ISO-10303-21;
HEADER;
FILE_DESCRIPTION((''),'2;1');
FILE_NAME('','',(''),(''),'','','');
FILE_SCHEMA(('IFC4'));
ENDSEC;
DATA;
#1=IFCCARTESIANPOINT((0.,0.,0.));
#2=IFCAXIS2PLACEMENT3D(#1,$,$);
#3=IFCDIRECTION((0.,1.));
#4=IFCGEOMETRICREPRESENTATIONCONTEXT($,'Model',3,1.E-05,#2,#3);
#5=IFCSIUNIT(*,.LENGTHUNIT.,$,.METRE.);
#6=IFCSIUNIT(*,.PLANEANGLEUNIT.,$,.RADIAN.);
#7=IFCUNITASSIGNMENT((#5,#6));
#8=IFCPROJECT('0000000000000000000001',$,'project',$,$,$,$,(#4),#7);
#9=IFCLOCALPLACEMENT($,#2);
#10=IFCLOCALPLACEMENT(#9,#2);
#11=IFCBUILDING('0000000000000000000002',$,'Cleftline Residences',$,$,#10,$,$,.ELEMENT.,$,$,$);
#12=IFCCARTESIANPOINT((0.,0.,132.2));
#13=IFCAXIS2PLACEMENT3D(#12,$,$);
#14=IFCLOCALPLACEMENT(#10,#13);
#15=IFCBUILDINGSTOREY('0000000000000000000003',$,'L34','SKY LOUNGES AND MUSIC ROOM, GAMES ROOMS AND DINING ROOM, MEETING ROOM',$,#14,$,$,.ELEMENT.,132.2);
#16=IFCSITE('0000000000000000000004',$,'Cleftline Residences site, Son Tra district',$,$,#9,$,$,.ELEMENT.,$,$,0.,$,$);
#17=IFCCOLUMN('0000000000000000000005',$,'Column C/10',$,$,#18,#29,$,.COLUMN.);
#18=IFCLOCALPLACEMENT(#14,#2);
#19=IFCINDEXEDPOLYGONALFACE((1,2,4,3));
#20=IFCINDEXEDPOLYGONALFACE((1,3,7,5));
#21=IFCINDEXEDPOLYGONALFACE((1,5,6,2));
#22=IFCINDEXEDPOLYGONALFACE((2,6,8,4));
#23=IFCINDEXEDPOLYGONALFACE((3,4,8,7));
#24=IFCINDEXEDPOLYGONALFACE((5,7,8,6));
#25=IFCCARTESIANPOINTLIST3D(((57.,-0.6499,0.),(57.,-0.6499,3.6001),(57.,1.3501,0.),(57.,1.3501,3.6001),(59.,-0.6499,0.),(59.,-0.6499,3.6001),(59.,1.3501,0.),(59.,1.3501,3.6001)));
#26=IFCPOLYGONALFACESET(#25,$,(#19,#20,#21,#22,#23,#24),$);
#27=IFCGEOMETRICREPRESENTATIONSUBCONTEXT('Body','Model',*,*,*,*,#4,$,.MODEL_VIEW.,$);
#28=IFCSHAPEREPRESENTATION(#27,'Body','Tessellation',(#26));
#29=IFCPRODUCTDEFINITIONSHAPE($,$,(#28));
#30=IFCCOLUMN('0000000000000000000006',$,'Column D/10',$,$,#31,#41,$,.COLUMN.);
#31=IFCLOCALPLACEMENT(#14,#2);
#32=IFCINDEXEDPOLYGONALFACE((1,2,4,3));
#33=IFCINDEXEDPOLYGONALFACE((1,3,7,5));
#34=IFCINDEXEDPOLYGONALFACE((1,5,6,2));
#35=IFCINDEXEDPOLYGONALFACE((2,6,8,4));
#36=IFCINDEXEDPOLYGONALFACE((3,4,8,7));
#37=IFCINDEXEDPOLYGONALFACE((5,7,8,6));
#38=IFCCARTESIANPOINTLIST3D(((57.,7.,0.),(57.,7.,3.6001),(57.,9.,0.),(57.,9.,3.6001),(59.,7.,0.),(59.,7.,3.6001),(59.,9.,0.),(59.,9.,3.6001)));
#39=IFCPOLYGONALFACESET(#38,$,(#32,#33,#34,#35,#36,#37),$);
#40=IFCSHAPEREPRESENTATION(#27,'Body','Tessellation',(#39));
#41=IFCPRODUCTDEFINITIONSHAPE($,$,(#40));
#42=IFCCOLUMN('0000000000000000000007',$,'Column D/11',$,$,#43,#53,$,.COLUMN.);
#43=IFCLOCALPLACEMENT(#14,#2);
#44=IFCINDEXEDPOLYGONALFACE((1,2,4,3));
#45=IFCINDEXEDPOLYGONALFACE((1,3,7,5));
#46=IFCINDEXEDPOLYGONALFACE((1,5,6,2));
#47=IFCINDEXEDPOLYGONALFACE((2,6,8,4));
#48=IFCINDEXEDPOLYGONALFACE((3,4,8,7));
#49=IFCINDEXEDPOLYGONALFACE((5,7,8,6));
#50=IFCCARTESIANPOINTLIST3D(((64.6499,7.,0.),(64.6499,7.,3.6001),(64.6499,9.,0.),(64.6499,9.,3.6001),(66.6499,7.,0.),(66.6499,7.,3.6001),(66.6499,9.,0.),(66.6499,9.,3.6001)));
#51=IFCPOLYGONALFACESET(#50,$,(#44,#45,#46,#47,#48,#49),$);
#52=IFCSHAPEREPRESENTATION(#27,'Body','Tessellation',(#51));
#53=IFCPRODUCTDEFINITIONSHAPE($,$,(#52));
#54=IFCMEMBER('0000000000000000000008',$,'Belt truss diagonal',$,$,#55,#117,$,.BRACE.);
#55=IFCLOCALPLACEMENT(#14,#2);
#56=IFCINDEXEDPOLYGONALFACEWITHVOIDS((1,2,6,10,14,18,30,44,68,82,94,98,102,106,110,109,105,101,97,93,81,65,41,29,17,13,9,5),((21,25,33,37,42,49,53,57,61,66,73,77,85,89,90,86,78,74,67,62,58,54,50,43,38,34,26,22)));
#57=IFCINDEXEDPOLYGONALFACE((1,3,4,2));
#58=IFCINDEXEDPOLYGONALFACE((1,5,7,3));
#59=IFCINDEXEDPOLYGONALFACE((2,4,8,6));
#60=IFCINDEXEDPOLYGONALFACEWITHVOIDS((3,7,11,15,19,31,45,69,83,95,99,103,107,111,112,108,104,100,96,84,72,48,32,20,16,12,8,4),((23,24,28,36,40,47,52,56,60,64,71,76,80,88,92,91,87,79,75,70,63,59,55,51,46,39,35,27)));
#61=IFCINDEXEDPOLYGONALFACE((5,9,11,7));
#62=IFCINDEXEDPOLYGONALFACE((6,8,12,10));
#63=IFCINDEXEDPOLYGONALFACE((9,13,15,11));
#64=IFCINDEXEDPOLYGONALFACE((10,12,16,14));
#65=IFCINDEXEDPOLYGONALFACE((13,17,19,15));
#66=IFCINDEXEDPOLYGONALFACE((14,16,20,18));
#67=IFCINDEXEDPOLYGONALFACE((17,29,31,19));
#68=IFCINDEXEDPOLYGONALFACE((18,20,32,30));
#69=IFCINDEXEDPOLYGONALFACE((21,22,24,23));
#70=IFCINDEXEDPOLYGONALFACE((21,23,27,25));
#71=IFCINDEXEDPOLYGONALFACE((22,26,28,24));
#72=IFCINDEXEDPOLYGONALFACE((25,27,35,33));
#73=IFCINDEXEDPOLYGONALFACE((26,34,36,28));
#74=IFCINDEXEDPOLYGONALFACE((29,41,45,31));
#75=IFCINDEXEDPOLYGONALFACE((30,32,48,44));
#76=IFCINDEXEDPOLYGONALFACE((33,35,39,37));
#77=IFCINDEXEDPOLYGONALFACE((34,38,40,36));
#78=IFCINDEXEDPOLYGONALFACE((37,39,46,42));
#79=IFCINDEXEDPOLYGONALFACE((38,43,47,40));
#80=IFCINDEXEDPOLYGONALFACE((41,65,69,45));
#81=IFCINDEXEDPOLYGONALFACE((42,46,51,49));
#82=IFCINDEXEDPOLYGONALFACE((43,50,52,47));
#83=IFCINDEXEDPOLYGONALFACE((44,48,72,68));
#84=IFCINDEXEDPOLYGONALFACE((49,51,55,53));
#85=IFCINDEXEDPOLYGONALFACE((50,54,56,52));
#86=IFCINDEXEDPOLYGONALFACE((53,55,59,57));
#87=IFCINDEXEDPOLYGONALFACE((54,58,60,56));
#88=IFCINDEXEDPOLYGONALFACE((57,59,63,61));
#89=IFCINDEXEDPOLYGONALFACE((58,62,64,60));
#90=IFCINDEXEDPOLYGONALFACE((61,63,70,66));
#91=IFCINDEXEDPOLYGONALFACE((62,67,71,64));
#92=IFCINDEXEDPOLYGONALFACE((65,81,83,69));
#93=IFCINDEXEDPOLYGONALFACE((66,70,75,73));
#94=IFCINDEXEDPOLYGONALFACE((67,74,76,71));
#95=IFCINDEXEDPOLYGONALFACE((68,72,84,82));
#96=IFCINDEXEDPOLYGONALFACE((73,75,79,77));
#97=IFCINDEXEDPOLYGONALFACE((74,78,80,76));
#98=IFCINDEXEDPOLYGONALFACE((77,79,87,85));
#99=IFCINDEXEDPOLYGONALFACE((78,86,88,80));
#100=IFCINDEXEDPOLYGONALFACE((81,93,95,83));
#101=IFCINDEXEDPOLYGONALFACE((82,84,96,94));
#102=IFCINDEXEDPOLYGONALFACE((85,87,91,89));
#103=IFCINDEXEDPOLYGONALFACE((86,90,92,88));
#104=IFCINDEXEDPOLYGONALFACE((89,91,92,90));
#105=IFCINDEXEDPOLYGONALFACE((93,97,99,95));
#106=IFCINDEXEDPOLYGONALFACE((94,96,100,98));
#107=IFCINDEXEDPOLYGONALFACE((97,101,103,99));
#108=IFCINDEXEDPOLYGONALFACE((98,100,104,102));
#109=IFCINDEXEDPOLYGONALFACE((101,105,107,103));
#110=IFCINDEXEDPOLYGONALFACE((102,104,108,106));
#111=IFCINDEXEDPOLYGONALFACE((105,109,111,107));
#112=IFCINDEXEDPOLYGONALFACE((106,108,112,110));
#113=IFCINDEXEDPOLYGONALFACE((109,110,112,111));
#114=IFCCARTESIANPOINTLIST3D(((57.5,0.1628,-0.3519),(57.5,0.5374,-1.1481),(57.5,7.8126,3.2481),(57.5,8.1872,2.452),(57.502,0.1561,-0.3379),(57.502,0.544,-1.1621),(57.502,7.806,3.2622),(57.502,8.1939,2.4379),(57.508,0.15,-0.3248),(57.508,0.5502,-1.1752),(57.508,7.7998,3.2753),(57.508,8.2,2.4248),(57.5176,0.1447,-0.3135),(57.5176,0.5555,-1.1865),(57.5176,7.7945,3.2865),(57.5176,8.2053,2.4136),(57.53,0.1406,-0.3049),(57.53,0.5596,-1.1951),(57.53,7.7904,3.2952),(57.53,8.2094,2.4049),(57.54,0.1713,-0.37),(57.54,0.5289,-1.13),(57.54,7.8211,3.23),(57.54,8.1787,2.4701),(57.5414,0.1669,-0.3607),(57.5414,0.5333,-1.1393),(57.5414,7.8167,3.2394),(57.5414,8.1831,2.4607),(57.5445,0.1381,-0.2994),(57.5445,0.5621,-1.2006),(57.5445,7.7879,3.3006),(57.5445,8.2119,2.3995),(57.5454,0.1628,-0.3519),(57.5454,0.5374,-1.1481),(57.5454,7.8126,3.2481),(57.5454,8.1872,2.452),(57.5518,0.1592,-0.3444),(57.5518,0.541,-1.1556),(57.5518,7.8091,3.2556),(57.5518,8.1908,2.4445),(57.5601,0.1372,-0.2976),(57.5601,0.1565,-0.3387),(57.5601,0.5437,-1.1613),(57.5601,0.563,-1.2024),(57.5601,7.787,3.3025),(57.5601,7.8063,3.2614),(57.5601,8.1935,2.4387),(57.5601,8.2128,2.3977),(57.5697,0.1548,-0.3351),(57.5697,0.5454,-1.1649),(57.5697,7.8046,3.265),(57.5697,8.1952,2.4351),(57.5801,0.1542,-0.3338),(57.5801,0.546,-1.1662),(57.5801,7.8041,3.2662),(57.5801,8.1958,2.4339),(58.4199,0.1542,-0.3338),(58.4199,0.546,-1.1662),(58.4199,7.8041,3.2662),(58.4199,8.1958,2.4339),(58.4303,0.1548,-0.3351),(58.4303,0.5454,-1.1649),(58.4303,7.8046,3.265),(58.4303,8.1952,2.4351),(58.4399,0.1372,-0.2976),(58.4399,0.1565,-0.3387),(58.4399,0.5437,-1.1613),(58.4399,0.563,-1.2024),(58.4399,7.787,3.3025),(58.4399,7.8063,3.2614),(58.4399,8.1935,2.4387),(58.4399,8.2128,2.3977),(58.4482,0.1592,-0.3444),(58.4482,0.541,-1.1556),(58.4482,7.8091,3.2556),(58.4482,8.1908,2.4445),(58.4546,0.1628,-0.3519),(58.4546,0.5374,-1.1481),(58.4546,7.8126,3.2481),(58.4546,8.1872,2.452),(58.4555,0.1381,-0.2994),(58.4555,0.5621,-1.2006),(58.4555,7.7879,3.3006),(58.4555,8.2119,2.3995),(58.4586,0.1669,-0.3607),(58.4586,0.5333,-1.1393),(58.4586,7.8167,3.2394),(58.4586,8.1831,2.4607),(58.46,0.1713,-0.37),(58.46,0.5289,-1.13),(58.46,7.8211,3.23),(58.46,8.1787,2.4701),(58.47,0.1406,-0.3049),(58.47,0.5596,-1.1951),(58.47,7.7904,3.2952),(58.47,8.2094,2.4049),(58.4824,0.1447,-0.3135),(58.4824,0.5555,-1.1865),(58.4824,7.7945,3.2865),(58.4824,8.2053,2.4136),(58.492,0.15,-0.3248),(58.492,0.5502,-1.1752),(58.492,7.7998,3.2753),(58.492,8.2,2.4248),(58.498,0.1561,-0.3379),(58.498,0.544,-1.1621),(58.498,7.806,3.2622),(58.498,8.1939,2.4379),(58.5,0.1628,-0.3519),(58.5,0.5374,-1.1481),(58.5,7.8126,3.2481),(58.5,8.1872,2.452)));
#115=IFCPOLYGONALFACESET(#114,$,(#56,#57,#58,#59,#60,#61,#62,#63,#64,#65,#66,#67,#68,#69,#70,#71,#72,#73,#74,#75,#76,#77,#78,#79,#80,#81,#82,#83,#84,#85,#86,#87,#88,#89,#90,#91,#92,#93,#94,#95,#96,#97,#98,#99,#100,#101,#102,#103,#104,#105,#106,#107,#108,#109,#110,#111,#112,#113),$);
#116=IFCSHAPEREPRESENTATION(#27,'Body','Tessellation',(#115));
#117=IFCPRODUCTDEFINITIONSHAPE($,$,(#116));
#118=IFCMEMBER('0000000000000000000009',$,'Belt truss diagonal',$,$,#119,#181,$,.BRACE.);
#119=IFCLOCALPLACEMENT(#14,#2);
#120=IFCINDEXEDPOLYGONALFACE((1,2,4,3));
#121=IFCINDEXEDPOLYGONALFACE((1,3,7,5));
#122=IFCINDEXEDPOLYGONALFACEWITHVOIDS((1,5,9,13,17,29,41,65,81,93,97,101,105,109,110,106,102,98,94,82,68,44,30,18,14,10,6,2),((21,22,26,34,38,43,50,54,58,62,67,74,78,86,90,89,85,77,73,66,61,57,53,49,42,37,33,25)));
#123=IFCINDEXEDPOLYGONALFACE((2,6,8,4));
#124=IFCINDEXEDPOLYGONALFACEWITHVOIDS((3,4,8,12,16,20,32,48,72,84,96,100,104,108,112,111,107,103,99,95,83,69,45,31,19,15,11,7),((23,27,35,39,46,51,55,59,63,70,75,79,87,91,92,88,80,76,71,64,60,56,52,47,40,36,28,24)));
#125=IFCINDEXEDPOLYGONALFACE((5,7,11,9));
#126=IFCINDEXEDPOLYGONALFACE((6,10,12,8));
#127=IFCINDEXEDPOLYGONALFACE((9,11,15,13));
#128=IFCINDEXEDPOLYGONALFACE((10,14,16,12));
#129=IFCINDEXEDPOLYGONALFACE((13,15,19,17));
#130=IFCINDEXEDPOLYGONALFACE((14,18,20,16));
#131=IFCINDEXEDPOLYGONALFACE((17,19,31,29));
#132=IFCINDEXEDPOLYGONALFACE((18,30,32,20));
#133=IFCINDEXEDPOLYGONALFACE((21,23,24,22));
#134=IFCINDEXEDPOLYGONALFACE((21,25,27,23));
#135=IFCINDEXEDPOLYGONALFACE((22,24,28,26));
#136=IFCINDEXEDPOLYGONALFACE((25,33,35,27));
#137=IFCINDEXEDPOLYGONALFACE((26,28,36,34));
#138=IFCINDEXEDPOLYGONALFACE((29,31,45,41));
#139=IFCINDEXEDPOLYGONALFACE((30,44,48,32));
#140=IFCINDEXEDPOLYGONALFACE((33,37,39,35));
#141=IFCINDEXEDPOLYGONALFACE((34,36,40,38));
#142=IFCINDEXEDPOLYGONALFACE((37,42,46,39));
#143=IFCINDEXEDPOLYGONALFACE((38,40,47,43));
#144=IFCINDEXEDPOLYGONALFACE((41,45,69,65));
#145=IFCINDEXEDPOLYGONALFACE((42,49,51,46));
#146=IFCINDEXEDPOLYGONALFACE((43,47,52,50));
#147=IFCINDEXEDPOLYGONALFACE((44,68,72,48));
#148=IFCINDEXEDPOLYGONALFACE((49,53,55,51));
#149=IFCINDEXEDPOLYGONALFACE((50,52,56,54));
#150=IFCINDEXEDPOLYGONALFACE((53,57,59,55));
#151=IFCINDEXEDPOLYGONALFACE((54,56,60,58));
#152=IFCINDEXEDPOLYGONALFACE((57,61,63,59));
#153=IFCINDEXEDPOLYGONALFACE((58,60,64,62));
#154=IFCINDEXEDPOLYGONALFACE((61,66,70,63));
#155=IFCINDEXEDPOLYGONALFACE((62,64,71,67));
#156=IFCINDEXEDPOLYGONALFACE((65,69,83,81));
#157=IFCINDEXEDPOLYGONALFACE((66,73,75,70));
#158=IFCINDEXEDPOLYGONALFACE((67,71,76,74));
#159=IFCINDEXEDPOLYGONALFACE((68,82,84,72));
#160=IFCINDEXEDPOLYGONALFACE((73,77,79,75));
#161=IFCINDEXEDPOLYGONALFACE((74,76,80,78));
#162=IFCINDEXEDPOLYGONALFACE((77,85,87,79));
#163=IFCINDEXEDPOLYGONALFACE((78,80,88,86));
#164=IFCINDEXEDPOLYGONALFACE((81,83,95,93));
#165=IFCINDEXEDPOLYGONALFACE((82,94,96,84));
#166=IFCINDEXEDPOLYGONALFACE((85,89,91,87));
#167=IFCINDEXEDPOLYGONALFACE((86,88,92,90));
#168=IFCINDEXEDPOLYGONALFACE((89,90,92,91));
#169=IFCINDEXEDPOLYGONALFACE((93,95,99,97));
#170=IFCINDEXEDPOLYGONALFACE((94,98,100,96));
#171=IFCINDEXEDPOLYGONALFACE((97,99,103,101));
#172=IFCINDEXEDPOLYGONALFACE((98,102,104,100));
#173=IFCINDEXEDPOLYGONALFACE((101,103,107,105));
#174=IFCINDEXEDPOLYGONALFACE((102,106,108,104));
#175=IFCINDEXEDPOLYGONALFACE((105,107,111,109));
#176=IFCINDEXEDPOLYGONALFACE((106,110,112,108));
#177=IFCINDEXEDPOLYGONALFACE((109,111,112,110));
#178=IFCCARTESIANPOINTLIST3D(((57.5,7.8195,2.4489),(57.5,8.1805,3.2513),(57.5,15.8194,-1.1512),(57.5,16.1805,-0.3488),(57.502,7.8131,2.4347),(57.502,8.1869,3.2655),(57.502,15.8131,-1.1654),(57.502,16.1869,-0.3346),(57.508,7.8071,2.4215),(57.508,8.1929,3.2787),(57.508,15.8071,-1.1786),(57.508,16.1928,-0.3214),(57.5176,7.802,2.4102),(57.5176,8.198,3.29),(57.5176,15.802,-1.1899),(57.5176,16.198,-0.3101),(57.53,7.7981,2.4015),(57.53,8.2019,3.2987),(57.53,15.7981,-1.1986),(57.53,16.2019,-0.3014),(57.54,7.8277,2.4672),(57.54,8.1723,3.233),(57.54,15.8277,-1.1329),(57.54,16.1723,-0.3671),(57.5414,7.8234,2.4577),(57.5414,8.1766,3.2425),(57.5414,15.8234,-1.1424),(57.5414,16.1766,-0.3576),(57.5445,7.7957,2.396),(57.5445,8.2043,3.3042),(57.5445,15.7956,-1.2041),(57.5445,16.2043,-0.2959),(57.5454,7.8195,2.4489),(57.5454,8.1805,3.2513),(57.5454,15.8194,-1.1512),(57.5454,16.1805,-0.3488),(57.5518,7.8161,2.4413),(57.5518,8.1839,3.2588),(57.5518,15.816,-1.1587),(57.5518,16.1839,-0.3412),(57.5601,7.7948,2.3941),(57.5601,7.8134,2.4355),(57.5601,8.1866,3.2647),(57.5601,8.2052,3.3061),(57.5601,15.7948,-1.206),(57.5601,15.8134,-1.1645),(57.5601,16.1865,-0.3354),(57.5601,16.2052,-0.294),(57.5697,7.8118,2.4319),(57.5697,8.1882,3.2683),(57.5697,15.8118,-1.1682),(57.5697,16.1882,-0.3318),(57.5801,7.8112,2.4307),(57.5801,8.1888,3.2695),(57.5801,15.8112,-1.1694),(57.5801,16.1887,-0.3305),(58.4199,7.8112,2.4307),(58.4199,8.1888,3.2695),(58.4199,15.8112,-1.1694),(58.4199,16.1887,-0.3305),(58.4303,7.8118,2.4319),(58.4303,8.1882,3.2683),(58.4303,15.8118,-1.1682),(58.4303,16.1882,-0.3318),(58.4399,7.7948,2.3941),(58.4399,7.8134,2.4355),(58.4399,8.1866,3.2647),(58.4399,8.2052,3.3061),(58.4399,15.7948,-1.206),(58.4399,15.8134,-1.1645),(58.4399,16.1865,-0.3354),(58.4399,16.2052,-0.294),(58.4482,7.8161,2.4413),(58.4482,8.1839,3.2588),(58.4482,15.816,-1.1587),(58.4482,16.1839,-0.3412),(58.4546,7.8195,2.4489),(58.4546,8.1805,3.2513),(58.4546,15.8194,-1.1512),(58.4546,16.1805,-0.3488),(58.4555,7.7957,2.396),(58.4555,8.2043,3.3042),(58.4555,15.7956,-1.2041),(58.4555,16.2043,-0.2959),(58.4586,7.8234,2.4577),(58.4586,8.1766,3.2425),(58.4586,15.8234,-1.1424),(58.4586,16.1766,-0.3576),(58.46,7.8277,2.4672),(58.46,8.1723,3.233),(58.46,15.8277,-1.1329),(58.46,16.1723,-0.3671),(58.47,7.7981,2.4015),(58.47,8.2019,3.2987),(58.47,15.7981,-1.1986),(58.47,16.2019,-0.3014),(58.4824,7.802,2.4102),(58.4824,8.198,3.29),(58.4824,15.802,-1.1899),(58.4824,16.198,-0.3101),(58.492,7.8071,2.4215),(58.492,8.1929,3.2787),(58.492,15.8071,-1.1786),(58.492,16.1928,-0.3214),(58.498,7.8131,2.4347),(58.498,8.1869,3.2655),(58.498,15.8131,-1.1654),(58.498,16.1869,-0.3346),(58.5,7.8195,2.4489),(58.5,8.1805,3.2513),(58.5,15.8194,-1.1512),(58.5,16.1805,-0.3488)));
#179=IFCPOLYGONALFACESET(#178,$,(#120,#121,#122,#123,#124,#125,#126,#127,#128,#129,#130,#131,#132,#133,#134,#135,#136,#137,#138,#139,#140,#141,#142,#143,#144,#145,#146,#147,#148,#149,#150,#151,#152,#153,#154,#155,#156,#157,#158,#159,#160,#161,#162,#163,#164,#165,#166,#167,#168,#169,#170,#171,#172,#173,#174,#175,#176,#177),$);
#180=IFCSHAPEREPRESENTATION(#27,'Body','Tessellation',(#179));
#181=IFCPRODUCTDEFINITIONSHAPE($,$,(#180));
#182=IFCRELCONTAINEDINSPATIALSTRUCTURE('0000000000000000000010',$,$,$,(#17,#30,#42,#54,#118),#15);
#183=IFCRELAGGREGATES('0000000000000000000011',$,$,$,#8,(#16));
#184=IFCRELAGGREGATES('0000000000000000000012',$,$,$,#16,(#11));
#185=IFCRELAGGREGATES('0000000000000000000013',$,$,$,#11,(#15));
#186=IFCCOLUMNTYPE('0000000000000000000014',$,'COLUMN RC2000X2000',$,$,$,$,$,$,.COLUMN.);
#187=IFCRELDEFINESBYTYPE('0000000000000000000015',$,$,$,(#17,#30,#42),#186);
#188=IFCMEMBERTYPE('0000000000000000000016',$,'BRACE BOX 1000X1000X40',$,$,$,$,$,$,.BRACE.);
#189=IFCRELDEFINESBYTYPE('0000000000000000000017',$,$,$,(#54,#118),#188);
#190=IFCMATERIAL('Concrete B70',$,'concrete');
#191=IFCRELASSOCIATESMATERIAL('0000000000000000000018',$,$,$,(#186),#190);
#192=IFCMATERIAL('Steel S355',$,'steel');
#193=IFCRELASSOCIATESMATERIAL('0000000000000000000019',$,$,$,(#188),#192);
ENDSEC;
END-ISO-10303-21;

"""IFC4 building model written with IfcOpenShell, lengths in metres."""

from ifc_helpers import new_model, si_unit, direction, frame, origin, origin_2d, place, context, subcontext, project, spatial, rectangle, hollow_rectangle, extrude, material, material_profile, profile_set, type_object, element, save


model = new_model("IFC4")

# Units and contexts
model_context = context("Model", 3, precision=1e-05, world=origin(), true_north=direction((0.0, 1.0)))
body_context = subcontext(model_context, "Body", "Model", "MODEL_VIEW")
ifc_project = project(units=[si_unit("LENGTHUNIT", "METRE"), si_unit("PLANEANGLEUNIT", "RADIAN")], contexts=[model_context])

# Site, building, storey
site_placement = place(None, origin())
site = spatial("IfcSite", under=ifc_project, at=site_placement, Name="Cleftline Residences site, Son Tra district", CompositionType="ELEMENT", RefElevation=0.0)
building_placement = place(site_placement, origin())
building = spatial("IfcBuilding", under=site, at=building_placement, Name="Cleftline Residences", CompositionType="ELEMENT")
storey_placement = place(building_placement, frame((0.0, 0.0, 132.2)))
storey = spatial("IfcBuildingStorey", under=building, at=storey_placement, Name="L34", Description="SKY LOUNGES AND MUSIC ROOM, GAMES ROOMS AND DINING ROOM, MEETING ROOM", CompositionType="ELEMENT", Elevation=132.2)

# Columns
ifc_material_1 = material(Name="Concrete B70", Category="concrete")
ifc_material_profile_1 = material_profile(ifc_material_1, rectangle(XDim=2.0, YDim=2.0, at=origin_2d()))
ifc_profile_set_1 = profile_set([ifc_material_profile_1], Name="Concrete B70")
column_type = type_object("IfcColumnType", Name="COLUMN RC2000X2000", PredefinedType="COLUMN", material=ifc_profile_set_1)
for number, where, z_axis, x_axis, name in (
    (1, (58.0, 0.3501, 0.0), (0.0, 0.0, 1.0), (1.0, 0.0, 0.0), "Column C/10"),
    (2, (58.0, 8.0, 0.0), (0.0, 0.0, 1.0), (1.0, 0.0, 0.0), "Column D/10"),
    (3, (65.6499, 8.0, 0.0), (0.0, 0.0, 1.0), (1.0, 0.0, 0.0), "Column D/11"),
):
    element("IfcColumn", number, at=place(storey_placement, frame(where, z_axis=z_axis, x_axis=x_axis)), inside=storey, type_object=column_type, Name=name, PredefinedType="COLUMN", context=body_context, shape_type="SweptSolid", body=[
        extrude(rectangle(XDim=2.0, YDim=2.0, at=origin_2d()), origin(), (0.0, 0.0, 1.0), 3.6001),
    ])

# Members
ifc_material_2 = material(Name="Steel S355", Category="steel")
ifc_material_profile_2 = material_profile(ifc_material_2, hollow_rectangle(XDim=1.0, YDim=1.0, WallThickness=0.04, InnerFilletRadius=0.04, OuterFilletRadius=0.0601, at=origin_2d()))
ifc_profile_set_2 = profile_set([ifc_material_profile_2], Name="Steel S355")
member_type_1 = type_object("IfcMemberType", Name="BRACE BOX 1000X1000X40", PredefinedType="BRACE", material=ifc_profile_set_2)
member_1_placement = place(storey_placement, frame((58.0, 0.3501, -0.75), z_axis=(0.0, 0.904812, 0.425811), x_axis=(0.0, -0.425811, 0.904812)))
element("IfcMember", 4, at=member_1_placement, inside=storey, type_object=member_type_1, Name="Belt truss diagonal", PredefinedType="BRACE", context=body_context, shape_type="SweptSolid", body=[
    extrude(hollow_rectangle(XDim=1.0, YDim=1.0, WallThickness=0.04, InnerFilletRadius=0.04, OuterFilletRadius=0.0601, at=origin_2d()), origin(), (0.0, 0.0, 1.0), 8.4546),
])
member_2_placement = place(storey_placement, frame((58.0, 8.0, 2.8501), z_axis=(0.0, 0.911917, -0.410374), x_axis=(0.0, 0.410374, 0.911917)))
element("IfcMember", 5, at=member_2_placement, inside=storey, type_object=member_type_1, Name="Belt truss diagonal", PredefinedType="BRACE", context=body_context, shape_type="SweptSolid", body=[
    extrude(hollow_rectangle(XDim=1.0, YDim=1.0, WallThickness=0.04, InnerFilletRadius=0.04, OuterFilletRadius=0.0601, at=origin_2d()), origin(), (0.0, 0.0, 1.0), 8.7727),
])

save(model, "model.ifc")
